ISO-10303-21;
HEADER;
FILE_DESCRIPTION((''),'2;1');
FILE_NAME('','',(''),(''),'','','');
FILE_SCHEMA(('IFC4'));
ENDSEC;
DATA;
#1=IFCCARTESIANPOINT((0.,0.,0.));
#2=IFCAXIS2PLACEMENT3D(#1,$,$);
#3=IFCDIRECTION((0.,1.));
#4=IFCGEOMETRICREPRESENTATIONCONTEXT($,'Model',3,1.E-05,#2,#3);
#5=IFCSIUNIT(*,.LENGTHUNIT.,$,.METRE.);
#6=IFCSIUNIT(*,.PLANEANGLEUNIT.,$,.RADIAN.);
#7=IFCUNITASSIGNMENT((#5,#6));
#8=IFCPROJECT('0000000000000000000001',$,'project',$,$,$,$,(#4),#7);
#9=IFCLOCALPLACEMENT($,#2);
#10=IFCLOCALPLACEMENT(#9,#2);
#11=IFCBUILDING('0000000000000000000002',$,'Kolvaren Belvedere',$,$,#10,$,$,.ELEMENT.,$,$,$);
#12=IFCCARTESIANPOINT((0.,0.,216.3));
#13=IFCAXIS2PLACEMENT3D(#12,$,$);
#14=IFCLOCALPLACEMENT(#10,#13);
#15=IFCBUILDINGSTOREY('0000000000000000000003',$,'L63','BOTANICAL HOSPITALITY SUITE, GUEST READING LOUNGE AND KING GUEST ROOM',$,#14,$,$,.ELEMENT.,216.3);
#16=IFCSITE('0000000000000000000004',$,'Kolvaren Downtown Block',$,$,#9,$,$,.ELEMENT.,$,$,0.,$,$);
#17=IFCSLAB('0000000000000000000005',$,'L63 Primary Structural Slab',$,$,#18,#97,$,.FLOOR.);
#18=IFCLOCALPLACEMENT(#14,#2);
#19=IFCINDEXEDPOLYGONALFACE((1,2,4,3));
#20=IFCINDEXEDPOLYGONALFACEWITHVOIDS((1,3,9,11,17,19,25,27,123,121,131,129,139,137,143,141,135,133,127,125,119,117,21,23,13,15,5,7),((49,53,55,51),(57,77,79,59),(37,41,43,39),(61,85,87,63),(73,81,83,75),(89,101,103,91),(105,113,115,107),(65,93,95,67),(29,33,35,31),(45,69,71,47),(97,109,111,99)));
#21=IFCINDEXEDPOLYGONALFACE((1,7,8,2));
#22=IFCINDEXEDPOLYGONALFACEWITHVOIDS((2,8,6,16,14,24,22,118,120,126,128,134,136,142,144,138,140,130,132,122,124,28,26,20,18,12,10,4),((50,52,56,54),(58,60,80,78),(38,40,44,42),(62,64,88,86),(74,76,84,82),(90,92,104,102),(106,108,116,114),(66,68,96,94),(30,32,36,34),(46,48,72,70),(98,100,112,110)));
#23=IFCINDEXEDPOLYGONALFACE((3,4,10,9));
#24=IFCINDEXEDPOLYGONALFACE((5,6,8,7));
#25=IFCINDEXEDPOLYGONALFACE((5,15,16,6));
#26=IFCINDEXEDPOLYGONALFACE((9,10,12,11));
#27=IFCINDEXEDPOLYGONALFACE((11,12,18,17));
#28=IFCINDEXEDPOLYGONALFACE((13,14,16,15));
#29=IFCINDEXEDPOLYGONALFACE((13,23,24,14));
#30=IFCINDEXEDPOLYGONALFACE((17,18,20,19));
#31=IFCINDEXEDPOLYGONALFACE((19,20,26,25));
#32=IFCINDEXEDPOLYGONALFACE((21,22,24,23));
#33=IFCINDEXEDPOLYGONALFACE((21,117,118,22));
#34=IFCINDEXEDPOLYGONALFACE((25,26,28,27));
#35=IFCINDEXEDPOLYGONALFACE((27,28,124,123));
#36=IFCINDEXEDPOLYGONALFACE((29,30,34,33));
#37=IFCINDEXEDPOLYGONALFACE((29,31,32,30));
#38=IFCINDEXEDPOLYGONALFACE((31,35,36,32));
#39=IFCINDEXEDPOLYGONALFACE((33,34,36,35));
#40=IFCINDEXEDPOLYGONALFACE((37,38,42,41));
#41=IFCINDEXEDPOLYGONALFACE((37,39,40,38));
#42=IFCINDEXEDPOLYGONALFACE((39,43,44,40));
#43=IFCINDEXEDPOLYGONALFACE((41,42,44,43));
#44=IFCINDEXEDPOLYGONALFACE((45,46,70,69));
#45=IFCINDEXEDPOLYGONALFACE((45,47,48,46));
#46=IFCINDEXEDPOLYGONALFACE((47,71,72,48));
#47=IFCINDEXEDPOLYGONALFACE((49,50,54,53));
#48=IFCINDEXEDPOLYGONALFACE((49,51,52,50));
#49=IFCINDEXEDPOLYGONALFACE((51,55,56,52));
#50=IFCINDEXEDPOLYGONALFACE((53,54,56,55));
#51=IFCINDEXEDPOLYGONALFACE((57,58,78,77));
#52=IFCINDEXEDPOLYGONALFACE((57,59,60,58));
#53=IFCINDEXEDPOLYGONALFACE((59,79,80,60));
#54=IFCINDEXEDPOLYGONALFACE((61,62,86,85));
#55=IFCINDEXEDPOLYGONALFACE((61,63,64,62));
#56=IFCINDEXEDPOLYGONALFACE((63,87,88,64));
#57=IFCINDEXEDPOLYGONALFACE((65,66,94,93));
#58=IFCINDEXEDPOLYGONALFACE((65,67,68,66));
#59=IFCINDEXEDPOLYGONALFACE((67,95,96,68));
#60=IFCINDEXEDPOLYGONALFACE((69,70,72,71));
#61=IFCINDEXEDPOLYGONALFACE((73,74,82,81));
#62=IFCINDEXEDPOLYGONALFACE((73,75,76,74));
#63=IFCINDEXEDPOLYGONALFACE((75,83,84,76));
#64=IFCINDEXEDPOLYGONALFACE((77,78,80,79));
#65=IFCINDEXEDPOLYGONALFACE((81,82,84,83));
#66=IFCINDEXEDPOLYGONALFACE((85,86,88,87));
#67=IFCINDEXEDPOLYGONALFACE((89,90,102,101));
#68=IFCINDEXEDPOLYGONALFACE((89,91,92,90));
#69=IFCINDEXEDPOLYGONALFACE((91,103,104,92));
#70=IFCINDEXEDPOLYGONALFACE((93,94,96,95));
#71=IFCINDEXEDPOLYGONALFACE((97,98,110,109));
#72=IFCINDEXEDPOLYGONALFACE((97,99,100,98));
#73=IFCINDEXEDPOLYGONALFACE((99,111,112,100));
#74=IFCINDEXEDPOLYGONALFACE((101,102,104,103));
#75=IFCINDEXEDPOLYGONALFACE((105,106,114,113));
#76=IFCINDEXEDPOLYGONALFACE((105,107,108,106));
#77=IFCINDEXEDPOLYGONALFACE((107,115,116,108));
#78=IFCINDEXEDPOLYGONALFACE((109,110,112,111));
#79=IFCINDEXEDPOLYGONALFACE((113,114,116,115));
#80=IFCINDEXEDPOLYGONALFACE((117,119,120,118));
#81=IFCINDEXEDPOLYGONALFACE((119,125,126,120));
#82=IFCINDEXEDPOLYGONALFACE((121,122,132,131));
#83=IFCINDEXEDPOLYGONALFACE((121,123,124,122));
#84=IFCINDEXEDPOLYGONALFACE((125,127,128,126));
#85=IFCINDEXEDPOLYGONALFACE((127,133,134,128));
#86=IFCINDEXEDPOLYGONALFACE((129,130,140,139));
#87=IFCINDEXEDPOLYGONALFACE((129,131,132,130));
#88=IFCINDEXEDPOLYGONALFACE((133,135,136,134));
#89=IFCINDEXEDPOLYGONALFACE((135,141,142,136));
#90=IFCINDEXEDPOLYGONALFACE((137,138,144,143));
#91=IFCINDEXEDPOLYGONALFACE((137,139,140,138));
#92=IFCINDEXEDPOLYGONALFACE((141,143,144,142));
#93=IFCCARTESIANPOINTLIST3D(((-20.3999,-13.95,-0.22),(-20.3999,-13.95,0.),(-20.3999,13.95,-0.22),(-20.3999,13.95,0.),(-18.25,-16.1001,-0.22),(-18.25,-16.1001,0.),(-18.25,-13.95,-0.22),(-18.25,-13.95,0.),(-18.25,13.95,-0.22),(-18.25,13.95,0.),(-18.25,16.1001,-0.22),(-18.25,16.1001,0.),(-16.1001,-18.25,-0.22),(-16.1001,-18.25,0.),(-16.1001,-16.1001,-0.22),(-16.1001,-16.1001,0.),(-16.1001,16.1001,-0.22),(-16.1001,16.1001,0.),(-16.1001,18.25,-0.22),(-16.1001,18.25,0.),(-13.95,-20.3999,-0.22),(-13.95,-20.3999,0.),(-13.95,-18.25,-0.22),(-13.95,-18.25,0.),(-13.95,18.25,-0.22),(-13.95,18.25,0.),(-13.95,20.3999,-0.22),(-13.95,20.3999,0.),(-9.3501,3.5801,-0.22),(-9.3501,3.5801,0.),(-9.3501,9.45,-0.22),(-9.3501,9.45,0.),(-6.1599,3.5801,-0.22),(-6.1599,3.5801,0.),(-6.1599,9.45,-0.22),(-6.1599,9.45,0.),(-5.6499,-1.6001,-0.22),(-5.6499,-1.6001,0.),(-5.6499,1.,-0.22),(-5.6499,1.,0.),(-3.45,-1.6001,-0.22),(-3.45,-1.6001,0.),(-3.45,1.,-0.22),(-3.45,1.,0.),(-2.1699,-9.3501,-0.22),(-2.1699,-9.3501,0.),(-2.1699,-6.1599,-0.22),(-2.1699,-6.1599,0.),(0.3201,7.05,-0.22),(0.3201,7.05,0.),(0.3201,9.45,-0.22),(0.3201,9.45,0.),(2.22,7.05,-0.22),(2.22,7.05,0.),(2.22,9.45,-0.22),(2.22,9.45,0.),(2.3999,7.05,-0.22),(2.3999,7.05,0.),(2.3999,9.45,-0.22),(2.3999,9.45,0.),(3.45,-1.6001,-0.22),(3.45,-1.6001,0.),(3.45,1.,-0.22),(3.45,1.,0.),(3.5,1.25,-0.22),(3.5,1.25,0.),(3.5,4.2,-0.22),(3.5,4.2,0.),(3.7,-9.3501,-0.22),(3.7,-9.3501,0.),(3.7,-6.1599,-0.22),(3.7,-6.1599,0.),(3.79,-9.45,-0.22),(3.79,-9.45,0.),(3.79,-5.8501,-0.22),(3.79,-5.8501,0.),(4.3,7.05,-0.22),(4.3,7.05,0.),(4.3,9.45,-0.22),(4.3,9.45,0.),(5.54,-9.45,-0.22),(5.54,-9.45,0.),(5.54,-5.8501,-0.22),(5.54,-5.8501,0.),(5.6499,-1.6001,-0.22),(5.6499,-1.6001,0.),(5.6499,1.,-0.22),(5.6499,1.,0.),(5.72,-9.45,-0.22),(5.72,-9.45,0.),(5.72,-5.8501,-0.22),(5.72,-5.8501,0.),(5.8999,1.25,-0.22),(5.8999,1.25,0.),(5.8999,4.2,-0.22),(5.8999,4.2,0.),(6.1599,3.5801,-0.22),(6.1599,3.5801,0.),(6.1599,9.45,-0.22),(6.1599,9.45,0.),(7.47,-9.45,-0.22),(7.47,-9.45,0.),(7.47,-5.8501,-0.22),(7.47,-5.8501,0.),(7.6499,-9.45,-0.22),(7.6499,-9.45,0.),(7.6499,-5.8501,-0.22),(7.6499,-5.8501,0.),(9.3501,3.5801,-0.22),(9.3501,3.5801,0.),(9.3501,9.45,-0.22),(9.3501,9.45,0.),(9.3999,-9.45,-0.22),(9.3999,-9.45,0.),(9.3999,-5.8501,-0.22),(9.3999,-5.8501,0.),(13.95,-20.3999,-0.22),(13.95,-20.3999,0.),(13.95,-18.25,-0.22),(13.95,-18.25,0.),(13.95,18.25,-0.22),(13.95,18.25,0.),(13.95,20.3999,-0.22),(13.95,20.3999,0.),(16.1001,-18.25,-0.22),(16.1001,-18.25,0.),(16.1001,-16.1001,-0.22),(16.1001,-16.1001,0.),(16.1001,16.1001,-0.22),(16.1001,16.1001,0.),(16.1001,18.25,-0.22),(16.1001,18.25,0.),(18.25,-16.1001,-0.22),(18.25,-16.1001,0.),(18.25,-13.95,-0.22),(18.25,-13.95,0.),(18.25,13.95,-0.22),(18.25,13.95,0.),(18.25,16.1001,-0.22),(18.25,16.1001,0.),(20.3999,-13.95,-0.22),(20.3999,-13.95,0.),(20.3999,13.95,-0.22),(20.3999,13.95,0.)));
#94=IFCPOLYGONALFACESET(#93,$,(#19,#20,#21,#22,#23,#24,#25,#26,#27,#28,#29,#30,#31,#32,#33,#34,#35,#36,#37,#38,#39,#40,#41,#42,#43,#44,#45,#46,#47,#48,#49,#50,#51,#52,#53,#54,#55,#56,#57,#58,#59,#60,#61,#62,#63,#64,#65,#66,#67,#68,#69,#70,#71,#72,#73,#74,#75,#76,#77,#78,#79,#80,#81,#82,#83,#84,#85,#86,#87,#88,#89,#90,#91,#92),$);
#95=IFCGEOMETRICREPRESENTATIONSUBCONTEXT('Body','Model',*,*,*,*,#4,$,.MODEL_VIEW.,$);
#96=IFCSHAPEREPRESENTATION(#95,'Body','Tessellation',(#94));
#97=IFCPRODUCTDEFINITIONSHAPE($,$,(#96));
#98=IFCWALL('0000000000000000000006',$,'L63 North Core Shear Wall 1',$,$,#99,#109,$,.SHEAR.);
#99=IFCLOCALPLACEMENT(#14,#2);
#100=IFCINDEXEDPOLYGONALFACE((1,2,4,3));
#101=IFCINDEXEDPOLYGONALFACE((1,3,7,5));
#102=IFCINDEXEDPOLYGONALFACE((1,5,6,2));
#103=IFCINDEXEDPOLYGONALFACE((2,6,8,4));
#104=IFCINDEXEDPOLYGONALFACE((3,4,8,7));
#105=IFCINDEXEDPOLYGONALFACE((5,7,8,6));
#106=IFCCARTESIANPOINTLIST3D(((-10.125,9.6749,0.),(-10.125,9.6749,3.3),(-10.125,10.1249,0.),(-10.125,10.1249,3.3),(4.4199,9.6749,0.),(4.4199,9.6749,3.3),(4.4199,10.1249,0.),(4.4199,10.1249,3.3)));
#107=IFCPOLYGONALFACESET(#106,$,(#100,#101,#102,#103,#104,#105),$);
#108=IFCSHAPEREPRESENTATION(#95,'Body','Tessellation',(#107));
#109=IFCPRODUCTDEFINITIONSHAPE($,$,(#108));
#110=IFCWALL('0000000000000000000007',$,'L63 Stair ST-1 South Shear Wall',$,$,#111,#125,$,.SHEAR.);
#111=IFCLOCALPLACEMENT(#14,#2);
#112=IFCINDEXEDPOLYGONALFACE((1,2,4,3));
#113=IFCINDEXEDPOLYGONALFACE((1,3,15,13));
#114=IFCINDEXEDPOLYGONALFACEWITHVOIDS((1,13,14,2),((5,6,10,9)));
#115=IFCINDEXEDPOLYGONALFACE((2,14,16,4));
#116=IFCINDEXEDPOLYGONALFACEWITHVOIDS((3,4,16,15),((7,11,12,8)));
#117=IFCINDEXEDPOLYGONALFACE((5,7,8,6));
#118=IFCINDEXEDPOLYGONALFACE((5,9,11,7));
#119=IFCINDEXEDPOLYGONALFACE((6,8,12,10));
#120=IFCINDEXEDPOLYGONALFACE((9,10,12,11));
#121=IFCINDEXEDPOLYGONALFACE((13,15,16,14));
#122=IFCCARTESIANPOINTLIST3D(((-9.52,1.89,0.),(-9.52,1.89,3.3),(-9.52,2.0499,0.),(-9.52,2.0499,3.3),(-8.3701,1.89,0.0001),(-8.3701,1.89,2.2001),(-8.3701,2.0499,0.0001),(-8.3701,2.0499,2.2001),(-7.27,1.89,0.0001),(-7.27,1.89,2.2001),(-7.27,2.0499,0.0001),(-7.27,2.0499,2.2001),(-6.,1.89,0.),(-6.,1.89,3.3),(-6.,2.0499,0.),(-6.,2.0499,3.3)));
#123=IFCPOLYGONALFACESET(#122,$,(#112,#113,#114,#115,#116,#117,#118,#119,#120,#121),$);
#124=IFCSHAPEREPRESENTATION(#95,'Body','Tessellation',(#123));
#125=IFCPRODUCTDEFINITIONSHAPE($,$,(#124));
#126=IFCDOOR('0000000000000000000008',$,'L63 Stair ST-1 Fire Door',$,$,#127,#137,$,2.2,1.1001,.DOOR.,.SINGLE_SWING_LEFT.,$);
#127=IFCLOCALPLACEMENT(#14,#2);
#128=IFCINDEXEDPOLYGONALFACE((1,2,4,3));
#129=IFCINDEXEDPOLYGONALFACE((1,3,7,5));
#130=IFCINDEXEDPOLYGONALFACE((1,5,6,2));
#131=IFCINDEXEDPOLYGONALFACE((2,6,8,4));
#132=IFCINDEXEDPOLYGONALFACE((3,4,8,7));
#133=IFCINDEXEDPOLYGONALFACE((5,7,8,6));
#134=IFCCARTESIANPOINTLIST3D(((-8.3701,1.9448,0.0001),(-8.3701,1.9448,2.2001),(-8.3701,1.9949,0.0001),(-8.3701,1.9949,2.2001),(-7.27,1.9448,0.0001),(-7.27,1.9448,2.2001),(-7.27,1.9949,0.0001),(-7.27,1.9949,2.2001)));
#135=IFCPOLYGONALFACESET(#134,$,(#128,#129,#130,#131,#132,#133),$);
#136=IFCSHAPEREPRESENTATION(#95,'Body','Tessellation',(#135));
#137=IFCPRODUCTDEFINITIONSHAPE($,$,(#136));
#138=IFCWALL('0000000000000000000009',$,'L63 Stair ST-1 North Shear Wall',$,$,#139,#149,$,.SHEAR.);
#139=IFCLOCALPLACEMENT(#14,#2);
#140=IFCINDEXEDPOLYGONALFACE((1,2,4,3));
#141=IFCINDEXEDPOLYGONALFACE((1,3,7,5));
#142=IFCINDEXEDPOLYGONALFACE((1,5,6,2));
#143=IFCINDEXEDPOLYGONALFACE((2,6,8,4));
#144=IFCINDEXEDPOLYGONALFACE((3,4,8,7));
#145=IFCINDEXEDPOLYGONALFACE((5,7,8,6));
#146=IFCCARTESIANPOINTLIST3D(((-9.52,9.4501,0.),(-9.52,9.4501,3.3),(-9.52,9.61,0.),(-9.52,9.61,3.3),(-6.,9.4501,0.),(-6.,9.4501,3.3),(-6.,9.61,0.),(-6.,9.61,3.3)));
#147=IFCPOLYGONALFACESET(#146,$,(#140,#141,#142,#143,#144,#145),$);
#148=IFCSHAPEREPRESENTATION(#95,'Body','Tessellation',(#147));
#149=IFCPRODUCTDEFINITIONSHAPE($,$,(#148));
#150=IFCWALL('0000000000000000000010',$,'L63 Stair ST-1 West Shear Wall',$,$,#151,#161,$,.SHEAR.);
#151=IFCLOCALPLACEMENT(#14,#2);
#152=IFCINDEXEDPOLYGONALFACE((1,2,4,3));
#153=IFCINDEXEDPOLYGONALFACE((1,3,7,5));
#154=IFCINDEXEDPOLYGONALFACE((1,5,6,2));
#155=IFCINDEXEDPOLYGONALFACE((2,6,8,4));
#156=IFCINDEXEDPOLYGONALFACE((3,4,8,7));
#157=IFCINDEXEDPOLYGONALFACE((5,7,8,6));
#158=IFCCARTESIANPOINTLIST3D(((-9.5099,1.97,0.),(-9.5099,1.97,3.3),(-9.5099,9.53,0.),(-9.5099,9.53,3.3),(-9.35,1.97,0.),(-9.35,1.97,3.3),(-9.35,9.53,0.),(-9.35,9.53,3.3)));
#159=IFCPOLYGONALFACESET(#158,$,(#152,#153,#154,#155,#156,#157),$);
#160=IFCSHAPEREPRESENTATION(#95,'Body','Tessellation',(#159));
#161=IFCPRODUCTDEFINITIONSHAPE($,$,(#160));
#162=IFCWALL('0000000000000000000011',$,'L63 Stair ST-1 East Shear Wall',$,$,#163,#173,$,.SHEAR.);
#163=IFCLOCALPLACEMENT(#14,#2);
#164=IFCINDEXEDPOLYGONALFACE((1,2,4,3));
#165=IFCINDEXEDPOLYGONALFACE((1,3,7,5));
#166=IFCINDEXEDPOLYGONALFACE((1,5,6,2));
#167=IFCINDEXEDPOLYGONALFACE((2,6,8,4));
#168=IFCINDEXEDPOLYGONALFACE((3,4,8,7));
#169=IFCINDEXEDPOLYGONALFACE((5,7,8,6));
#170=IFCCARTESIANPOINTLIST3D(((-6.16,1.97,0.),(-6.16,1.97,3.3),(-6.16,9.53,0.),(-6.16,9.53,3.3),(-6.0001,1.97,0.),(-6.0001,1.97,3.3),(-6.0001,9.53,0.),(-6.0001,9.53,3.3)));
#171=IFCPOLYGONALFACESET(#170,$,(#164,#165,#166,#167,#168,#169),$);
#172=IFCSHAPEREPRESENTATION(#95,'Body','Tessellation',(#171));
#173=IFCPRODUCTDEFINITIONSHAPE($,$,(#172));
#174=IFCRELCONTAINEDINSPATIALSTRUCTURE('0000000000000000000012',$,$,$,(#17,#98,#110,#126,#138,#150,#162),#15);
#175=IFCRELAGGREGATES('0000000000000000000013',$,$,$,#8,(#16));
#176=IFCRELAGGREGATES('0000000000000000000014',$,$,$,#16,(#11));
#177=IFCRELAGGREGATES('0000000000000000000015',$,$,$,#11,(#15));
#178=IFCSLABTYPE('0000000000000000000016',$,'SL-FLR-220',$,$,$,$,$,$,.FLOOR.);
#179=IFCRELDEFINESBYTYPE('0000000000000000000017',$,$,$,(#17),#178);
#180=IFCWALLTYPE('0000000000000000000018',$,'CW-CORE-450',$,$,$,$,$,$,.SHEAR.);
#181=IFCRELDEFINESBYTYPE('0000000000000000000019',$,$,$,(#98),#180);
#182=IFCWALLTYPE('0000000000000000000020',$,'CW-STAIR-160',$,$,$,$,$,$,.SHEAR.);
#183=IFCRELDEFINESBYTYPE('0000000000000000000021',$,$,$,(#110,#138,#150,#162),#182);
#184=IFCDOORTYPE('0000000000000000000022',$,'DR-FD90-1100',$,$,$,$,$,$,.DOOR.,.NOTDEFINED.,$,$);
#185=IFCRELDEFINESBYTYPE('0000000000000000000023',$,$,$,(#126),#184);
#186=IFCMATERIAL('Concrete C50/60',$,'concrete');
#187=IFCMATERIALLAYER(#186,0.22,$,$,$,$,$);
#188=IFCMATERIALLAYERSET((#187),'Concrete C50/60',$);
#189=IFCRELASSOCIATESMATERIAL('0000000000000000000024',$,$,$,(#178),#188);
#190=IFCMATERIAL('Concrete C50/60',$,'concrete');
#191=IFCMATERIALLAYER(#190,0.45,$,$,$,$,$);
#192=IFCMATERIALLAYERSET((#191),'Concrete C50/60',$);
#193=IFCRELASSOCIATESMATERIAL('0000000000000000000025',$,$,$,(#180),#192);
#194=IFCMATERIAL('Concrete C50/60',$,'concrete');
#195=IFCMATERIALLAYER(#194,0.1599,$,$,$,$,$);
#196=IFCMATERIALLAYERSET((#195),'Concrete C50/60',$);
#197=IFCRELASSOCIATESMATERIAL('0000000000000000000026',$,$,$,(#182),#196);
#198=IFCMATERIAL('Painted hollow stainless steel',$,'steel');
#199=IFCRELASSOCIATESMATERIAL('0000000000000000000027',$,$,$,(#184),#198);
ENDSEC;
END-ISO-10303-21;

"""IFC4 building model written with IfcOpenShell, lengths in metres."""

from ifc_helpers import new_model, si_unit, direction, frame, frame_2d, origin, place, context, subcontext, project, spatial, polyline, rectangle, outline, extrude, material, layer, layer_set, type_object, element, fill, save


model = new_model("IFC4")

# Units and contexts
model_context = context("Model", 3, precision=1e-05, world=origin(), true_north=direction((0.0, 1.0)))
body_context = subcontext(model_context, "Body", "Model", "MODEL_VIEW")
ifc_project = project(units=[si_unit("LENGTHUNIT", "METRE"), si_unit("PLANEANGLEUNIT", "RADIAN")], contexts=[model_context])

# Site, building, storey
site_placement = place(None, origin())
site = spatial("IfcSite", under=ifc_project, at=site_placement, Name="Kolvaren Downtown Block", CompositionType="ELEMENT", RefElevation=0.0)
building_placement = place(site_placement, origin())
building = spatial("IfcBuilding", under=site, at=building_placement, Name="Kolvaren Belvedere", CompositionType="ELEMENT")
storey_placement = place(building_placement, frame((0.0, 0.0, 216.3)))
storey = spatial("IfcBuildingStorey", under=building, at=storey_placement, Name="L63", Description="BOTANICAL HOSPITALITY SUITE, GUEST READING LOUNGE AND KING GUEST ROOM", CompositionType="ELEMENT", Elevation=216.3)

# Slab
ifc_material_1 = material(Name="Concrete C50/60", Category="concrete")
ifc_layer_1 = layer(ifc_material_1, 0.22)
ifc_layer_set_1 = layer_set([ifc_layer_1], Name="Concrete C50/60")
slab_type_1 = type_object("IfcSlabType", Name="SL-FLR-220", PredefinedType="FLOOR", material=ifc_layer_set_1)
slab_1_placement = place(storey_placement, frame((0.0, 0.0, -0.22)))
element("IfcSlab", 1, at=slab_1_placement, inside=storey, type_object=slab_type_1, Name="L63 Primary Structural Slab", PredefinedType="FLOOR", context=body_context, shape_type="SweptSolid", body=[
    extrude(outline(polyline([(-13.95, -20.3999), (13.95, -20.3999), (13.95, -18.25), (16.1001, -18.25), (16.1001, -16.1001), (18.25, -16.1001), (18.25, -13.95), (20.3999, -13.95), (20.3999, 13.95), (18.25, 13.95), (18.25, 16.1001), (16.1001, 16.1001), (16.1001, 18.25), (13.95, 18.25), (13.95, 20.3999), (-13.95, 20.3999), (-13.95, 18.25), (-16.1001, 18.25), (-16.1001, 16.1001), (-18.25, 16.1001), (-18.25, 13.95), (-20.3999, 13.95), (-20.3999, -13.95), (-18.25, -13.95), (-18.25, -16.1001), (-16.1001, -16.1001), (-16.1001, -18.25), (-13.95, -18.25), (-13.95, -20.3999)]), holes=[polyline([(-9.3501, 3.5801), (-6.1599, 3.5801), (-6.1599, 9.45), (-9.3501, 9.45), (-9.3501, 3.5801)]), polyline([(6.1599, 3.5801), (9.3501, 3.5801), (9.3501, 9.45), (6.1599, 9.45), (6.1599, 3.5801)]), polyline([(-2.1699, -9.3501), (3.7, -9.3501), (3.7, -6.1599), (-2.1699, -6.1599), (-2.1699, -9.3501)]), polyline([(-5.6499, -1.6001), (-3.45, -1.6001), (-3.45, 1.0), (-5.6499, 1.0), (-5.6499, -1.6001)]), polyline([(3.5, 1.25), (5.8999, 1.25), (5.8999, 4.2), (3.5, 4.2), (3.5, 1.25)]), polyline([(3.45, -1.6001), (5.6499, -1.6001), (5.6499, 1.0), (3.45, 1.0), (3.45, -1.6001)]), polyline([(3.79, -9.45), (5.54, -9.45), (5.54, -5.8501), (3.79, -5.8501), (3.79, -9.45)]), polyline([(5.72, -9.45), (7.47, -9.45), (7.47, -5.8501), (5.72, -5.8501), (5.72, -9.45)]), polyline([(7.6499, -9.45), (9.3999, -9.45), (9.3999, -5.8501), (7.6499, -5.8501), (7.6499, -9.45)]), polyline([(0.3201, 7.05), (2.22, 7.05), (2.22, 9.45), (0.3201, 9.45), (0.3201, 7.05)]), polyline([(2.3999, 7.05), (4.3, 7.05), (4.3, 9.45), (2.3999, 9.45), (2.3999, 7.05)])]), origin(), (0.0, 0.0, 1.0), 0.22),
])

# Wall
ifc_material_2 = material(Name="Concrete C50/60", Category="concrete")
ifc_layer_2 = layer(ifc_material_2, 0.45)
ifc_layer_set_2 = layer_set([ifc_layer_2], Name="Concrete C50/60")
wall_type_1 = type_object("IfcWallType", Name="CW-CORE-450", PredefinedType="SHEAR", material=ifc_layer_set_2)
wall_1_placement = place(storey_placement, frame((-10.125, 9.8999, 0.0), z_axis=(0.0, 0.0, 1.0), x_axis=(1.0, 0.0, 0.0)))
element("IfcWall", 2, at=wall_1_placement, inside=storey, type_object=wall_type_1, Name="L63 North Core Shear Wall 1", PredefinedType="SHEAR", context=body_context, shape_type="SweptSolid", body=[
    extrude(rectangle(XDim=14.5449, YDim=0.45, at=frame_2d((7.2725, 0.0))), origin(), (0.0, 0.0, 1.0), 3.3),
])

# Wall, opening, door
ifc_material_3 = material(Name="Concrete C50/60", Category="concrete")
ifc_layer_3 = layer(ifc_material_3, 0.1599)
ifc_layer_set_3 = layer_set([ifc_layer_3], Name="Concrete C50/60")
wall_type_2 = type_object("IfcWallType", Name="CW-STAIR-160", PredefinedType="SHEAR", material=ifc_layer_set_3)
wall_2_placement = place(storey_placement, frame((-9.52, 1.97, 0.0), z_axis=(0.0, 0.0, 1.0), x_axis=(1.0, 0.0, 0.0)))
wall_2 = element("IfcWall", 3, at=wall_2_placement, inside=storey, type_object=wall_type_2, Name="L63 Stair ST-1 South Shear Wall", PredefinedType="SHEAR", context=body_context, shape_type="SweptSolid", body=[
    extrude(rectangle(XDim=3.52, YDim=0.1599, at=frame_2d((1.76, 0.0))), origin(), (0.0, 0.0, 1.0), 3.3),
])
opening_1_placement = place(wall_2_placement, frame((1.1499, 0.0, 0.0)))
opening_1 = element("IfcOpeningElement", 4, at=opening_1_placement, cuts=wall_2, PredefinedType="OPENING", context=body_context, shape_type="SweptSolid", body=[
    extrude(rectangle(XDim=1.1001, YDim=2.2, at=frame_2d((0.55, 1.1001))), frame((0.0, 0.0898, 0.0), z_axis=(0.0, -1.0, 0.0), x_axis=(1.0, 0.0, 0.0)), (0.0, 0.0, 1.0), 0.1799),
])
ifc_material_4 = material(Name="Painted hollow stainless steel", Category="steel")
door_type_1 = type_object("IfcDoorType", Name="DR-FD90-1100", OperationType="NOTDEFINED", PredefinedType="DOOR", material=ifc_material_4)
door_1_placement = place(opening_1_placement, origin())
door_1 = element("IfcDoor", 5, at=door_1_placement, inside=storey, type_object=door_type_1, Name="L63 Stair ST-1 Fire Door", OperationType="SINGLE_SWING_LEFT", OverallHeight=2.2, OverallWidth=1.1001, PredefinedType="DOOR", context=body_context, shape_type="SweptSolid", body=[
    extrude(rectangle(XDim=1.1001, YDim=2.2, at=frame_2d((0.55, 1.1001))), frame((0.0, 0.0249, 0.0), z_axis=(0.0, -1.0, 0.0), x_axis=(1.0, 0.0, 0.0)), (0.0, 0.0, 1.0), 0.05),
])
fill(opening_1, door_1)

# Walls
wall_3_placement = place(storey_placement, frame((-9.52, 9.53, 0.0), z_axis=(0.0, 0.0, 1.0), x_axis=(1.0, 0.0, 0.0)))
element("IfcWall", 6, at=wall_3_placement, inside=storey, type_object=wall_type_2, Name="L63 Stair ST-1 North Shear Wall", PredefinedType="SHEAR", context=body_context, shape_type="SweptSolid", body=[
    extrude(rectangle(XDim=3.52, YDim=0.1599, at=frame_2d((1.76, 0.0))), origin(), (0.0, 0.0, 1.0), 3.3),
])
for number, where, z_axis, x_axis, name in (
    (7, (-9.4299, 1.97, 0.0), (0.0, 0.0, 1.0), (0.0, 1.0, 0.0), "L63 Stair ST-1 West Shear Wall"),
    (8, (-6.0801, 1.97, 0.0), (0.0, 0.0, 1.0), (0.0, 1.0, 0.0), "L63 Stair ST-1 East Shear Wall"),
):
    element("IfcWall", number, at=place(storey_placement, frame(where, z_axis=z_axis, x_axis=x_axis)), inside=storey, type_object=wall_type_2, Name=name, PredefinedType="SHEAR", context=body_context, shape_type="SweptSolid", body=[
        extrude(rectangle(XDim=7.5601, YDim=0.1599, at=frame_2d((3.78, 0.0))), origin(), (0.0, 0.0, 1.0), 3.3),
    ])

save(model, "model.ifc")
